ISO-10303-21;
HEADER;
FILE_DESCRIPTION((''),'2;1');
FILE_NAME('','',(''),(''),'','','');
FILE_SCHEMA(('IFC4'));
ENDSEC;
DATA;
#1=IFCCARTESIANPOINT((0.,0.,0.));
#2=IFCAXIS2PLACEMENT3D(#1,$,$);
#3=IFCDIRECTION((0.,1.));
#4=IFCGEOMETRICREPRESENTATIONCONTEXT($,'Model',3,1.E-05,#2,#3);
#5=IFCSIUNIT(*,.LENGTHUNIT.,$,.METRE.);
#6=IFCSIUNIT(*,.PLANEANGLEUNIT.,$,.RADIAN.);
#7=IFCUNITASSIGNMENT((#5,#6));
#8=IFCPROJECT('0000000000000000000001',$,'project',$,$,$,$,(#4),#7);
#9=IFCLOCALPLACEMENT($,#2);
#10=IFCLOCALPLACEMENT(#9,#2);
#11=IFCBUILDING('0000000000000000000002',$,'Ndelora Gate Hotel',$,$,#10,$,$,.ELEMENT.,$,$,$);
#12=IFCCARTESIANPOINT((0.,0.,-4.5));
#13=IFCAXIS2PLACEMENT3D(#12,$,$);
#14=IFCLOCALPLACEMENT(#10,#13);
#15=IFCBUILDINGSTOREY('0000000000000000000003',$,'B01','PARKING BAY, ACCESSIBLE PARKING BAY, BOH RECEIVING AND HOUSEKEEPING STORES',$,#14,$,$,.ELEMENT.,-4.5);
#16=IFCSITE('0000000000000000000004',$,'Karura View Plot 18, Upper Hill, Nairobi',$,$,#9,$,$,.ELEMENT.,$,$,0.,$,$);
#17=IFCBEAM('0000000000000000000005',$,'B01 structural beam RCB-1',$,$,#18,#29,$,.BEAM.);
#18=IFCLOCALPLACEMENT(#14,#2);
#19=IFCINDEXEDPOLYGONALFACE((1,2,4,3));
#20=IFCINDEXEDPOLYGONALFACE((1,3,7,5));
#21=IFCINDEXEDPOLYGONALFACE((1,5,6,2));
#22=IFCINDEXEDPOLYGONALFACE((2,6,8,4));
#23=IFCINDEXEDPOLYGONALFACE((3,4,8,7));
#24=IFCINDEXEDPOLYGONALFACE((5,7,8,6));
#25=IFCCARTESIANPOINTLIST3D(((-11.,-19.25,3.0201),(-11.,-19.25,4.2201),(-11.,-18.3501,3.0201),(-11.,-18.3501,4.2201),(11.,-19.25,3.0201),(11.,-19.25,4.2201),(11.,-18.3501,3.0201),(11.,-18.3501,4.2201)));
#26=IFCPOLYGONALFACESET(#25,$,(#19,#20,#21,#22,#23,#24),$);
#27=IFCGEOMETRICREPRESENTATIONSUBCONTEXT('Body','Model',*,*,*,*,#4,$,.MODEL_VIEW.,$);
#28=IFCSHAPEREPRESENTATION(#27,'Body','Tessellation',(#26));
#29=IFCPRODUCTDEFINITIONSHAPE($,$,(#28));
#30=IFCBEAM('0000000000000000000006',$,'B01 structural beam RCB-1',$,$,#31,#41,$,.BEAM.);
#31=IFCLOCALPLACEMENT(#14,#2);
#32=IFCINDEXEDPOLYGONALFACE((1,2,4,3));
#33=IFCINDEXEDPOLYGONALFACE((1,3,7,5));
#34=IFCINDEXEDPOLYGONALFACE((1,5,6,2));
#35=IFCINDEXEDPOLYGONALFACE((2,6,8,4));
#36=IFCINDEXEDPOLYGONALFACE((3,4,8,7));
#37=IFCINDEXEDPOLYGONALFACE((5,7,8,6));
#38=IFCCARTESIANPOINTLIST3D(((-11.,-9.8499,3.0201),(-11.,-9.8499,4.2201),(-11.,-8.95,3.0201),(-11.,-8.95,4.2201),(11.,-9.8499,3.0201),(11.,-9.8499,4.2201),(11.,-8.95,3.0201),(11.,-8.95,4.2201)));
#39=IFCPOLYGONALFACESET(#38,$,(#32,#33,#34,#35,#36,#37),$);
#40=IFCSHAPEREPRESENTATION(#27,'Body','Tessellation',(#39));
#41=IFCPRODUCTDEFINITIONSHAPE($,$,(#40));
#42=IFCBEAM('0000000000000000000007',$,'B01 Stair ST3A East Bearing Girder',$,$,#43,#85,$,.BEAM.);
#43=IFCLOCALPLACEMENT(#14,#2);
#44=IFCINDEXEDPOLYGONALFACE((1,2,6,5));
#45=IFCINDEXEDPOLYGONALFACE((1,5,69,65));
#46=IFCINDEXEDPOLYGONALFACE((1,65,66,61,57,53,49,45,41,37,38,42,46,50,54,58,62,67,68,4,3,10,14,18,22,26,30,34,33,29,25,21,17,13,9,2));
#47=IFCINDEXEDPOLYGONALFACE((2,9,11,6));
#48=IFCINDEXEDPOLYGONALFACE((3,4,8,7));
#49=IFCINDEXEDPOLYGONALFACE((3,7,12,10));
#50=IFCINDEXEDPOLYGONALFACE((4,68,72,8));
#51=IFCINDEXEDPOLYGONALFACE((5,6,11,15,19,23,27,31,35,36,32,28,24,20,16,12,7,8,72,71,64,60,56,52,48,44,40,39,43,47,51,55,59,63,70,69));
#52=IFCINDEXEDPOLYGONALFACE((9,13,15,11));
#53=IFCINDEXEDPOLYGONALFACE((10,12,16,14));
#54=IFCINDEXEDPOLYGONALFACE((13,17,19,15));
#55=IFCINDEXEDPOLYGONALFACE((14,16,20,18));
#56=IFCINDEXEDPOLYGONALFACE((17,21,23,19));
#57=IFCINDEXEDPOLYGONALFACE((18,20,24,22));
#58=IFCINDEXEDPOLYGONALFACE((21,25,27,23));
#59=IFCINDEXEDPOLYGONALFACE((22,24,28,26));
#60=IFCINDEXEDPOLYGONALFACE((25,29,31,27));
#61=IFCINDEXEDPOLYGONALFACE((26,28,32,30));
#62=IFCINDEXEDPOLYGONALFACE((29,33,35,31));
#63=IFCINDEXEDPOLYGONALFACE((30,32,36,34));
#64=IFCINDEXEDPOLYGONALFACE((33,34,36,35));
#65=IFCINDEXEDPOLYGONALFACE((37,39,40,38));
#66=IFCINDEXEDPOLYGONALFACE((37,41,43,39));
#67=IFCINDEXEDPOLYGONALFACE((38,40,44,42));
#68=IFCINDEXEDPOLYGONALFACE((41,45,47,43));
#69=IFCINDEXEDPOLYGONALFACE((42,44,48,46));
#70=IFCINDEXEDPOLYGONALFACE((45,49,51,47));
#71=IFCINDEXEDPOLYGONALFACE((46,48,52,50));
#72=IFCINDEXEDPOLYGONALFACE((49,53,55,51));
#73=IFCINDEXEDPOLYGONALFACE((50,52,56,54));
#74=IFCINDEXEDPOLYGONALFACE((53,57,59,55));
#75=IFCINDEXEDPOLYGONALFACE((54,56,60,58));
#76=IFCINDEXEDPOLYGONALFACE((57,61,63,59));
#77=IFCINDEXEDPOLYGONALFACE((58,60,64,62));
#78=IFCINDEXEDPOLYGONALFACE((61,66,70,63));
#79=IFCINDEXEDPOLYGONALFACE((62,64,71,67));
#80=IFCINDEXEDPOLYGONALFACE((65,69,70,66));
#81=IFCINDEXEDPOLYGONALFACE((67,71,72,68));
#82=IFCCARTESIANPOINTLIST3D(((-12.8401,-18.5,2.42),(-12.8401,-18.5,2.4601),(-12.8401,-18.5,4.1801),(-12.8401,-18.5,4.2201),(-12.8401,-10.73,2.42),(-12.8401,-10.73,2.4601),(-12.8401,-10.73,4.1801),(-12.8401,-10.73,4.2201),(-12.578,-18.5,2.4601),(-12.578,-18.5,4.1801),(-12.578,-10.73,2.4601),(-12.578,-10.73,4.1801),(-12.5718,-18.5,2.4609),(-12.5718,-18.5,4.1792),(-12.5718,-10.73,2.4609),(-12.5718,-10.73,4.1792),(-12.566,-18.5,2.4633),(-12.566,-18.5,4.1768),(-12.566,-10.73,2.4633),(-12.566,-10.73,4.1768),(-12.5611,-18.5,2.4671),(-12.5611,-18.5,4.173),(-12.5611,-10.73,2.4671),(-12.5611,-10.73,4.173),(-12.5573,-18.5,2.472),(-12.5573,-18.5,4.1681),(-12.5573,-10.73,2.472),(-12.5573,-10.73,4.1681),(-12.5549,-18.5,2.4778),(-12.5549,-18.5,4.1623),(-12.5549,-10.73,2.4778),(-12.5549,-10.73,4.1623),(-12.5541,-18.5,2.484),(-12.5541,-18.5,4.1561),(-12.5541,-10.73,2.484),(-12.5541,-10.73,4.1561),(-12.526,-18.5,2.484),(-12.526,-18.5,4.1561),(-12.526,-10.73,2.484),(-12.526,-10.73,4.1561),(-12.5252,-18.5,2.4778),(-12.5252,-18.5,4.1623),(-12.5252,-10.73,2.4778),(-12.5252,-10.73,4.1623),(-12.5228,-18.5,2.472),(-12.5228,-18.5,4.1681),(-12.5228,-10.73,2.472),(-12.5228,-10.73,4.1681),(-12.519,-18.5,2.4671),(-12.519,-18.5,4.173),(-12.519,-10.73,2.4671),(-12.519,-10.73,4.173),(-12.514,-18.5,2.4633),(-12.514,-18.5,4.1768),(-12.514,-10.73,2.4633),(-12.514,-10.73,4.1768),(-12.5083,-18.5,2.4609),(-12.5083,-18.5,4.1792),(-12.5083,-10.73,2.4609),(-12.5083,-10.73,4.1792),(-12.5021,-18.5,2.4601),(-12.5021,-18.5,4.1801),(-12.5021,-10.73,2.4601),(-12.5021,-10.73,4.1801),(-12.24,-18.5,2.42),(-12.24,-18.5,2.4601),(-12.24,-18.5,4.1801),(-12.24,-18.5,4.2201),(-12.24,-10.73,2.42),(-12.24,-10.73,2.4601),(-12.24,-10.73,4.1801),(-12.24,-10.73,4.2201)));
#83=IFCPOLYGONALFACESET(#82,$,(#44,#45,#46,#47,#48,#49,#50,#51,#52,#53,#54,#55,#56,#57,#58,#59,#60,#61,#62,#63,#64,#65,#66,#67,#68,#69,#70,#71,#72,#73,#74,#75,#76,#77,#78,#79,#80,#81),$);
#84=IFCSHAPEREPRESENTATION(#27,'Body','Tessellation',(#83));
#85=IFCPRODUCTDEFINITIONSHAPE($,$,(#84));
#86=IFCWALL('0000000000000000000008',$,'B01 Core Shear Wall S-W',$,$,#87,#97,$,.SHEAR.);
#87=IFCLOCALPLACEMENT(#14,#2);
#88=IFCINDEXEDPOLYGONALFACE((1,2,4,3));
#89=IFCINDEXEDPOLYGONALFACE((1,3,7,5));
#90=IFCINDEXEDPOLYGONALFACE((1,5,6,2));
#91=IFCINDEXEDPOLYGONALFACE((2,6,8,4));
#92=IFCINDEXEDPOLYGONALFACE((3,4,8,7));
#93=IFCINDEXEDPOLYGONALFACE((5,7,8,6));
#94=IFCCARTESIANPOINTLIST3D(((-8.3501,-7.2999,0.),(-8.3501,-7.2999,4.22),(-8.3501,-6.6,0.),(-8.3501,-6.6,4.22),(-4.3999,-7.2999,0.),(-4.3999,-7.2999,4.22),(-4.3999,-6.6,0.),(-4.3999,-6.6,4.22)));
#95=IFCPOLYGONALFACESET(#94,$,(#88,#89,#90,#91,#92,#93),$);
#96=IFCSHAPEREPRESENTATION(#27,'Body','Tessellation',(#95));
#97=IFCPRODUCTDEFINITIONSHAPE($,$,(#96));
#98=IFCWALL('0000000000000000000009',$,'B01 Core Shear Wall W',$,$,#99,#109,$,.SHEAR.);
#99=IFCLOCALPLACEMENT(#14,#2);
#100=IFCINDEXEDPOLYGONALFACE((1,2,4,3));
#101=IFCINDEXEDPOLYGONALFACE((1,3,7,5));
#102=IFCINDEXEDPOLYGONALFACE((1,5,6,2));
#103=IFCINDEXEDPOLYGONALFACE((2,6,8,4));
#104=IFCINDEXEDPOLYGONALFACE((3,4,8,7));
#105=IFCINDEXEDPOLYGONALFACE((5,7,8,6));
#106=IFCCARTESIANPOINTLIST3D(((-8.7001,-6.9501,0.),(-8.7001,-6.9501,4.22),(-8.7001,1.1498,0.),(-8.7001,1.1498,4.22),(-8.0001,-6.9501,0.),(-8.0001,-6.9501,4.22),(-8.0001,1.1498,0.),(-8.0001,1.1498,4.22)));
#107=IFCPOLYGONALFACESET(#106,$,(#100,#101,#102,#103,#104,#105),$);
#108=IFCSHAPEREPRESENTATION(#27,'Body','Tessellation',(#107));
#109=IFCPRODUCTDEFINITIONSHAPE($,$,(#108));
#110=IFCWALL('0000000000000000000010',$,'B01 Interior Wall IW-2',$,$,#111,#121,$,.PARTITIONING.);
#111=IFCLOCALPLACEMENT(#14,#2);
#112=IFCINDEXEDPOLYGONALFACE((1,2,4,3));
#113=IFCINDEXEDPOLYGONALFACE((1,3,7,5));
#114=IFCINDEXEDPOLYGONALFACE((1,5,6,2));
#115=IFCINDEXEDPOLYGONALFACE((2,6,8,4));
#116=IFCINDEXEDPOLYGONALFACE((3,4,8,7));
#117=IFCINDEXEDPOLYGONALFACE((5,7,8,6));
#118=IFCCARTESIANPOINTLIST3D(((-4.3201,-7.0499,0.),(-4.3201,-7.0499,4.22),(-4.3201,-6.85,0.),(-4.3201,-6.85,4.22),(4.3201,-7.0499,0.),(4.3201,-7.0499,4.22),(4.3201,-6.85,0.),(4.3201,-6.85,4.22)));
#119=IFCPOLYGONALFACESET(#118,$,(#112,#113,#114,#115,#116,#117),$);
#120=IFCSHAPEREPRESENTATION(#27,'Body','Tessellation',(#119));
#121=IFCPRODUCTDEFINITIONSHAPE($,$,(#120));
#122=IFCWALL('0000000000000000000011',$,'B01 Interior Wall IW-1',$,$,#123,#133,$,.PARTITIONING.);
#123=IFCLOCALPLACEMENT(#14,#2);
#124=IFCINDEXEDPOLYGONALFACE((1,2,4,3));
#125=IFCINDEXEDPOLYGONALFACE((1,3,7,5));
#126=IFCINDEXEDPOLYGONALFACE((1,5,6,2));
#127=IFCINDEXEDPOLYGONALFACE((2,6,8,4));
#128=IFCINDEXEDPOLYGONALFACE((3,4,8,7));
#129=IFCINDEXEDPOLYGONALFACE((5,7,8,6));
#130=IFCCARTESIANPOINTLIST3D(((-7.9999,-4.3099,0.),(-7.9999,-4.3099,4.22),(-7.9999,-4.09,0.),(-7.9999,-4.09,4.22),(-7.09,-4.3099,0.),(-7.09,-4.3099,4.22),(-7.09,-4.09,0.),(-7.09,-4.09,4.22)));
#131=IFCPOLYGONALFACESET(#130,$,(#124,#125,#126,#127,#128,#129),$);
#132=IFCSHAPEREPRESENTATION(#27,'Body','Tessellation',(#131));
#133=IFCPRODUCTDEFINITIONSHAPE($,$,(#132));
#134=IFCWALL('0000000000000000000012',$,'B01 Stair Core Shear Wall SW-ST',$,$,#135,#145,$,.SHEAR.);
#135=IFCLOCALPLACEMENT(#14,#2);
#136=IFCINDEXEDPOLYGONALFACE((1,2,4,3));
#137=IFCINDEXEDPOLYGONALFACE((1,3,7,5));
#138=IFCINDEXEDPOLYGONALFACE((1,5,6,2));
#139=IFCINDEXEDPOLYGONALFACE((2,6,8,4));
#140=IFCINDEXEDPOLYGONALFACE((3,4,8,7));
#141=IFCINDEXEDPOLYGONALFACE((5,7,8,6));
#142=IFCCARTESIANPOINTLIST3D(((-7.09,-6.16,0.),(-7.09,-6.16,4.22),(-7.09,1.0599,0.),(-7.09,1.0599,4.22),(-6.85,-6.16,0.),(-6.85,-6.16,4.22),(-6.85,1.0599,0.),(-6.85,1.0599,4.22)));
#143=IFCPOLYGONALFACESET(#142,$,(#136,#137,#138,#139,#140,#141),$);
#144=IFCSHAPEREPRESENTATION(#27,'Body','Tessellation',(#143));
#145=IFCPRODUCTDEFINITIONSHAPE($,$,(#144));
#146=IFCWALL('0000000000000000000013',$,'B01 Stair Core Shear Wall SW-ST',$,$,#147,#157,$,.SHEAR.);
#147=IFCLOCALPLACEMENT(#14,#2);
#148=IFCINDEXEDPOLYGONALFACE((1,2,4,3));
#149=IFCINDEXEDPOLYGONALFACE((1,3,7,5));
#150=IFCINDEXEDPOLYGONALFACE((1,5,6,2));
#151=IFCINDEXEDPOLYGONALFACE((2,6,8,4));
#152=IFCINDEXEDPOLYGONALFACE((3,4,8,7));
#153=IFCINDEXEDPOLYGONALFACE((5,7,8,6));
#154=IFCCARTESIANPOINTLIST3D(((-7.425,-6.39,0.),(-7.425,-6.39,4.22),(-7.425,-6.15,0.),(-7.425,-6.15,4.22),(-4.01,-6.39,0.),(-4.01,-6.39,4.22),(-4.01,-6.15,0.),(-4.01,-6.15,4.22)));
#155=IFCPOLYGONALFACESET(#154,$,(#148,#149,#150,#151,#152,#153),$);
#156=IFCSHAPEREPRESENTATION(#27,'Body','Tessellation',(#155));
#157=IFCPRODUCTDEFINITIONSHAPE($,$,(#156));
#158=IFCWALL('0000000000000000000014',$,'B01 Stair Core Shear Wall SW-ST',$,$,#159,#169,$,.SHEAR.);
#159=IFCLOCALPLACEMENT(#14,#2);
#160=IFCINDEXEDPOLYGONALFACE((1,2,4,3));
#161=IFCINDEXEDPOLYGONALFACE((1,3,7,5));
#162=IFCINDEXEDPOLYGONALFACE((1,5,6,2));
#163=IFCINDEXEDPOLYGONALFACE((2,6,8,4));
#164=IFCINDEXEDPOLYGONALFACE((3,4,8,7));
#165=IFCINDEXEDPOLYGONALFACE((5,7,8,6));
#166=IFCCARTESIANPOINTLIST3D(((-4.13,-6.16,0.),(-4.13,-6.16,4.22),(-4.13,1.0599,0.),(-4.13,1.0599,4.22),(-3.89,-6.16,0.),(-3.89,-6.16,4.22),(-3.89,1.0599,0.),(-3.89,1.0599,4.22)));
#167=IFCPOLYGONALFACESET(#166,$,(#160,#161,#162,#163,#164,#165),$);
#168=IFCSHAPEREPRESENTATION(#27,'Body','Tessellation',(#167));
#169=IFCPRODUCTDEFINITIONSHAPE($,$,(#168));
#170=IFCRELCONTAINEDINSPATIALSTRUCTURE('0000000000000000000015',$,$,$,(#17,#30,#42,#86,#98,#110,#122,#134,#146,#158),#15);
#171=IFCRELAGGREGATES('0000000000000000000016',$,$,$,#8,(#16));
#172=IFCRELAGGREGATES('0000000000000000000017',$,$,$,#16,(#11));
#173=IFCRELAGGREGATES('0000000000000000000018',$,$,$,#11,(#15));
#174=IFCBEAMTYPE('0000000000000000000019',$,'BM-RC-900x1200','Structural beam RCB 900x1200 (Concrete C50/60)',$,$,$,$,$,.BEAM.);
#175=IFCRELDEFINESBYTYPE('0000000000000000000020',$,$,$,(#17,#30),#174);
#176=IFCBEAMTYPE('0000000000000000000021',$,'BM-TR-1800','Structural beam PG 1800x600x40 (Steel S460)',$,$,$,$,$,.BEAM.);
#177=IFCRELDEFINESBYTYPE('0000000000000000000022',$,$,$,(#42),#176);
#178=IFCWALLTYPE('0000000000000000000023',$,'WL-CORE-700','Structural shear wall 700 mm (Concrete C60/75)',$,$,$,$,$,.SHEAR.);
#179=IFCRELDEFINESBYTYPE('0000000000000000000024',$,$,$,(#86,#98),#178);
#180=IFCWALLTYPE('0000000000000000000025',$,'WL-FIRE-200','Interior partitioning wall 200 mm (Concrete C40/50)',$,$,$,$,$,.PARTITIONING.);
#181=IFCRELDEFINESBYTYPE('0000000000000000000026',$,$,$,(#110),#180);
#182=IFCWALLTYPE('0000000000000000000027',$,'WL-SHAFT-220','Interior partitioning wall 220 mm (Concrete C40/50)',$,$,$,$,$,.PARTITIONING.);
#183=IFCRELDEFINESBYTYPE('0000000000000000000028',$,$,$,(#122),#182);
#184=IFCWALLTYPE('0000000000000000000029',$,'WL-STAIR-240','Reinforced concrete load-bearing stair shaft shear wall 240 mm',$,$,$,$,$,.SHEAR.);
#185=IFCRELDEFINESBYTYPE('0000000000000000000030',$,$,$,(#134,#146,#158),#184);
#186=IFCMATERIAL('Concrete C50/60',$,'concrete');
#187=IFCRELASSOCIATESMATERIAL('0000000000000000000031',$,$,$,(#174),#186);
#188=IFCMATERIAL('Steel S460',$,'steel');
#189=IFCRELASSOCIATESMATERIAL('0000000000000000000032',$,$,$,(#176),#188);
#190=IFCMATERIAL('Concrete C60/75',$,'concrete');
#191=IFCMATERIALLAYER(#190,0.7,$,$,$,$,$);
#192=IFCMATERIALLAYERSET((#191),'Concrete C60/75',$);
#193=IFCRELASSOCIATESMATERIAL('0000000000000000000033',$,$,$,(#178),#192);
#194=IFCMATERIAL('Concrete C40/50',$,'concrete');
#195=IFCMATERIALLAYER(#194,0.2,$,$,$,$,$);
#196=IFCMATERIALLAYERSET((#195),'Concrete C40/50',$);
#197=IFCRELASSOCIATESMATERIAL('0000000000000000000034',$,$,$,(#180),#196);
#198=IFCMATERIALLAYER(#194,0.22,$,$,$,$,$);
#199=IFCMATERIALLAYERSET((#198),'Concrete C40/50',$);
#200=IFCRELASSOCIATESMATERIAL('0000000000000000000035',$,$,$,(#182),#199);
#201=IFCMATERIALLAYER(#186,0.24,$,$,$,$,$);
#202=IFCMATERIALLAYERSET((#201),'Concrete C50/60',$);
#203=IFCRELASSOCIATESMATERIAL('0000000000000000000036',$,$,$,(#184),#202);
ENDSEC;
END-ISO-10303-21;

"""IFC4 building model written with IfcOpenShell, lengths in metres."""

from ifc_helpers import new_model, si_unit, direction, frame, frame_2d, origin, origin_2d, place, context, subcontext, project, spatial, rectangle, i_section, extrude, material, layer, layer_set, material_profile, profile_set, type_object, element, save


model = new_model("IFC4")

# Units and contexts
model_context = context("Model", 3, precision=1e-05, world=origin(), true_north=direction((0.0, 1.0)))
body_context = subcontext(model_context, "Body", "Model", "MODEL_VIEW")
ifc_project = project(units=[si_unit("LENGTHUNIT", "METRE"), si_unit("PLANEANGLEUNIT", "RADIAN")], contexts=[model_context])

# Site, building, storey
site_placement = place(None, origin())
site = spatial("IfcSite", under=ifc_project, at=site_placement, Name="Karura View Plot 18, Upper Hill, Nairobi", CompositionType="ELEMENT", RefElevation=0.0)
building_placement = place(site_placement, origin())
building = spatial("IfcBuilding", under=site, at=building_placement, Name="Ndelora Gate Hotel", CompositionType="ELEMENT")
storey_placement = place(building_placement, frame((0.0, 0.0, -4.5)))
storey = spatial("IfcBuildingStorey", under=building, at=storey_placement, Name="B01", Description="PARKING BAY, ACCESSIBLE PARKING BAY, BOH RECEIVING AND HOUSEKEEPING STORES", CompositionType="ELEMENT", Elevation=-4.5)

# Shared definitions
ifc_material_1 = material(Name="Concrete C60/75", Category="concrete")
ifc_material_2 = material(Name="Concrete C50/60", Category="concrete")

# Beams
ifc_material_3 = material(Name="Concrete C40/50", Category="concrete")
ifc_material_profile_1 = material_profile(ifc_material_2, rectangle(XDim=0.8999, YDim=1.2, at=origin_2d()), Name="RCB 900x1200")
ifc_profile_set_1 = profile_set([ifc_material_profile_1], Name="Concrete C50/60")
beam_type_1 = type_object("IfcBeamType", Name="BM-RC-900x1200", Description="Structural beam RCB 900x1200 (Concrete C50/60)", PredefinedType="BEAM", material=ifc_profile_set_1)
for number, where, z_axis, x_axis, name in (
    (1, (-11.0, -18.8, 3.6201), (1.0, 0.0, 0.0), (0.0, 1.0, 0.0), "B01 structural beam RCB-1"),
    (2, (-11.0, -9.3999, 3.6201), (1.0, 0.0, 0.0), (0.0, 1.0, 0.0), "B01 structural beam RCB-1"),
):
    element("IfcBeam", number, at=place(storey_placement, frame(where, z_axis=z_axis, x_axis=x_axis)), inside=storey, type_object=beam_type_1, Name=name, PredefinedType="BEAM", context=body_context, shape_type="SweptSolid", body=[
        extrude(rectangle(XDim=0.8999, YDim=1.2, at=origin_2d()), origin(), (0.0, 0.0, 1.0), 22.0),
    ])
ifc_material_4 = material(Name="Steel S460", Category="steel")
ifc_material_profile_2 = material_profile(ifc_material_4, i_section(OverallWidth=0.6001, OverallDepth=1.8, WebThickness=0.0281, FlangeThickness=0.04, FilletRadius=0.0239, at=origin_2d()), Name="PG 1800x600x40")
ifc_profile_set_2 = profile_set([ifc_material_profile_2], Name="Steel S460")
beam_type_2 = type_object("IfcBeamType", Name="BM-TR-1800", Description="Structural beam PG 1800x600x40 (Steel S460)", PredefinedType="BEAM", material=ifc_profile_set_2)
beam_1_placement = place(storey_placement, frame((-12.54, -18.5, 3.3201), z_axis=(0.0, 1.0, 0.0), x_axis=(-1.0, 0.0, 0.0)))
element("IfcBeam", 3, at=beam_1_placement, inside=storey, type_object=beam_type_2, Name="B01 Stair ST3A East Bearing Girder", PredefinedType="BEAM", context=body_context, shape_type="SweptSolid", body=[
    extrude(i_section(OverallWidth=0.6001, OverallDepth=1.8, WebThickness=0.0281, FlangeThickness=0.04, FilletRadius=0.0239, at=origin_2d()), origin(), (0.0, 0.0, 1.0), 7.77),
])

# Walls
ifc_layer_1 = layer(ifc_material_1, 0.7)
ifc_layer_set_1 = layer_set([ifc_layer_1], Name="Concrete C60/75")
wall_type_1 = type_object("IfcWallType", Name="WL-CORE-700", Description="Structural shear wall 700 mm (Concrete C60/75)", PredefinedType="SHEAR", material=ifc_layer_set_1)
wall_1_placement = place(storey_placement, frame((-8.3501, -6.95, 0.0), z_axis=(0.0, 0.0, 1.0), x_axis=(1.0, 0.0, 0.0)))
element("IfcWall", 4, at=wall_1_placement, inside=storey, type_object=wall_type_1, Name="B01 Core Shear Wall S-W", PredefinedType="SHEAR", context=body_context, shape_type="SweptSolid", body=[
    extrude(rectangle(XDim=3.9502, YDim=0.7, at=frame_2d((1.9751, 0.0))), origin(), (0.0, 0.0, 1.0), 4.22),
])
wall_2_placement = place(storey_placement, frame((-8.3501, -6.95, 0.0), z_axis=(0.0, 0.0, 1.0), x_axis=(0.0, 1.0, 0.0)))
element("IfcWall", 5, at=wall_2_placement, inside=storey, type_object=wall_type_1, Name="B01 Core Shear Wall W", PredefinedType="SHEAR", context=body_context, shape_type="SweptSolid", body=[
    extrude(rectangle(XDim=8.0999, YDim=0.7, at=frame_2d((4.0498, 0.0))), origin(), (0.0, 0.0, 1.0), 4.22),
])
ifc_layer_2 = layer(ifc_material_3, 0.2)
ifc_layer_set_2 = layer_set([ifc_layer_2], Name="Concrete C40/50")
wall_type_2 = type_object("IfcWallType", Name="WL-FIRE-200", Description="Interior partitioning wall 200 mm (Concrete C40/50)", PredefinedType="PARTITIONING", material=ifc_layer_set_2)
wall_3_placement = place(storey_placement, frame((-4.3201, -6.95, 0.0), z_axis=(0.0, 0.0, 1.0), x_axis=(1.0, 0.0, 0.0)))
element("IfcWall", 6, at=wall_3_placement, inside=storey, type_object=wall_type_2, Name="B01 Interior Wall IW-2", PredefinedType="PARTITIONING", context=body_context, shape_type="SweptSolid", body=[
    extrude(rectangle(XDim=8.6401, YDim=0.2, at=frame_2d((4.3201, 0.0))), origin(), (0.0, 0.0, 1.0), 4.22),
])
ifc_layer_3 = layer(ifc_material_3, 0.22)
ifc_layer_set_3 = layer_set([ifc_layer_3], Name="Concrete C40/50")
wall_type_3 = type_object("IfcWallType", Name="WL-SHAFT-220", Description="Interior partitioning wall 220 mm (Concrete C40/50)", PredefinedType="PARTITIONING", material=ifc_layer_set_3)
wall_4_placement = place(storey_placement, frame((-8.0, -4.2, 0.0), z_axis=(0.0, 0.0, 1.0), x_axis=(1.0, 0.0, 0.0)))
element("IfcWall", 7, at=wall_4_placement, inside=storey, type_object=wall_type_3, Name="B01 Interior Wall IW-1", PredefinedType="PARTITIONING", context=body_context, shape_type="SweptSolid", body=[
    extrude(rectangle(XDim=0.9099, YDim=0.22, at=frame_2d((0.4551, 0.0))), origin(), (0.0, 0.0, 1.0), 4.22),
])
ifc_layer_4 = layer(ifc_material_2, 0.24)
ifc_layer_set_4 = layer_set([ifc_layer_4], Name="Concrete C50/60")
wall_type_4 = type_object("IfcWallType", Name="WL-STAIR-240", Description="Reinforced concrete load-bearing stair shaft shear wall 240 mm", PredefinedType="SHEAR", material=ifc_layer_set_4)
wall_5_placement = place(storey_placement, frame((-6.97, -6.1599, 0.0), z_axis=(0.0, 0.0, 1.0), x_axis=(0.0, 1.0, 0.0)))
element("IfcWall", 8, at=wall_5_placement, inside=storey, type_object=wall_type_4, Name="B01 Stair Core Shear Wall SW-ST", PredefinedType="SHEAR", context=body_context, shape_type="SweptSolid", body=[
    extrude(rectangle(XDim=7.22, YDim=0.24, at=frame_2d((3.6099, 0.0))), origin(), (0.0, 0.0, 1.0), 4.22),
])
wall_6_placement = place(storey_placement, frame((-7.425, -6.27, 0.0), z_axis=(0.0, 0.0, 1.0), x_axis=(1.0, 0.0, 0.0)))
element("IfcWall", 9, at=wall_6_placement, inside=storey, type_object=wall_type_4, Name="B01 Stair Core Shear Wall SW-ST", PredefinedType="SHEAR", context=body_context, shape_type="SweptSolid", body=[
    extrude(rectangle(XDim=3.415, YDim=0.24, at=frame_2d((1.7075, 0.0))), origin(), (0.0, 0.0, 1.0), 4.22),
])
wall_7_placement = place(storey_placement, frame((-4.01, -6.1599, 0.0), z_axis=(0.0, 0.0, 1.0), x_axis=(0.0, 1.0, 0.0)))
element("IfcWall", 10, at=wall_7_placement, inside=storey, type_object=wall_type_4, Name="B01 Stair Core Shear Wall SW-ST", PredefinedType="SHEAR", context=body_context, shape_type="SweptSolid", body=[
    extrude(rectangle(XDim=7.22, YDim=0.24, at=frame_2d((3.6099, 0.0))), origin(), (0.0, 0.0, 1.0), 4.22),
])

save(model, "model.ifc")
